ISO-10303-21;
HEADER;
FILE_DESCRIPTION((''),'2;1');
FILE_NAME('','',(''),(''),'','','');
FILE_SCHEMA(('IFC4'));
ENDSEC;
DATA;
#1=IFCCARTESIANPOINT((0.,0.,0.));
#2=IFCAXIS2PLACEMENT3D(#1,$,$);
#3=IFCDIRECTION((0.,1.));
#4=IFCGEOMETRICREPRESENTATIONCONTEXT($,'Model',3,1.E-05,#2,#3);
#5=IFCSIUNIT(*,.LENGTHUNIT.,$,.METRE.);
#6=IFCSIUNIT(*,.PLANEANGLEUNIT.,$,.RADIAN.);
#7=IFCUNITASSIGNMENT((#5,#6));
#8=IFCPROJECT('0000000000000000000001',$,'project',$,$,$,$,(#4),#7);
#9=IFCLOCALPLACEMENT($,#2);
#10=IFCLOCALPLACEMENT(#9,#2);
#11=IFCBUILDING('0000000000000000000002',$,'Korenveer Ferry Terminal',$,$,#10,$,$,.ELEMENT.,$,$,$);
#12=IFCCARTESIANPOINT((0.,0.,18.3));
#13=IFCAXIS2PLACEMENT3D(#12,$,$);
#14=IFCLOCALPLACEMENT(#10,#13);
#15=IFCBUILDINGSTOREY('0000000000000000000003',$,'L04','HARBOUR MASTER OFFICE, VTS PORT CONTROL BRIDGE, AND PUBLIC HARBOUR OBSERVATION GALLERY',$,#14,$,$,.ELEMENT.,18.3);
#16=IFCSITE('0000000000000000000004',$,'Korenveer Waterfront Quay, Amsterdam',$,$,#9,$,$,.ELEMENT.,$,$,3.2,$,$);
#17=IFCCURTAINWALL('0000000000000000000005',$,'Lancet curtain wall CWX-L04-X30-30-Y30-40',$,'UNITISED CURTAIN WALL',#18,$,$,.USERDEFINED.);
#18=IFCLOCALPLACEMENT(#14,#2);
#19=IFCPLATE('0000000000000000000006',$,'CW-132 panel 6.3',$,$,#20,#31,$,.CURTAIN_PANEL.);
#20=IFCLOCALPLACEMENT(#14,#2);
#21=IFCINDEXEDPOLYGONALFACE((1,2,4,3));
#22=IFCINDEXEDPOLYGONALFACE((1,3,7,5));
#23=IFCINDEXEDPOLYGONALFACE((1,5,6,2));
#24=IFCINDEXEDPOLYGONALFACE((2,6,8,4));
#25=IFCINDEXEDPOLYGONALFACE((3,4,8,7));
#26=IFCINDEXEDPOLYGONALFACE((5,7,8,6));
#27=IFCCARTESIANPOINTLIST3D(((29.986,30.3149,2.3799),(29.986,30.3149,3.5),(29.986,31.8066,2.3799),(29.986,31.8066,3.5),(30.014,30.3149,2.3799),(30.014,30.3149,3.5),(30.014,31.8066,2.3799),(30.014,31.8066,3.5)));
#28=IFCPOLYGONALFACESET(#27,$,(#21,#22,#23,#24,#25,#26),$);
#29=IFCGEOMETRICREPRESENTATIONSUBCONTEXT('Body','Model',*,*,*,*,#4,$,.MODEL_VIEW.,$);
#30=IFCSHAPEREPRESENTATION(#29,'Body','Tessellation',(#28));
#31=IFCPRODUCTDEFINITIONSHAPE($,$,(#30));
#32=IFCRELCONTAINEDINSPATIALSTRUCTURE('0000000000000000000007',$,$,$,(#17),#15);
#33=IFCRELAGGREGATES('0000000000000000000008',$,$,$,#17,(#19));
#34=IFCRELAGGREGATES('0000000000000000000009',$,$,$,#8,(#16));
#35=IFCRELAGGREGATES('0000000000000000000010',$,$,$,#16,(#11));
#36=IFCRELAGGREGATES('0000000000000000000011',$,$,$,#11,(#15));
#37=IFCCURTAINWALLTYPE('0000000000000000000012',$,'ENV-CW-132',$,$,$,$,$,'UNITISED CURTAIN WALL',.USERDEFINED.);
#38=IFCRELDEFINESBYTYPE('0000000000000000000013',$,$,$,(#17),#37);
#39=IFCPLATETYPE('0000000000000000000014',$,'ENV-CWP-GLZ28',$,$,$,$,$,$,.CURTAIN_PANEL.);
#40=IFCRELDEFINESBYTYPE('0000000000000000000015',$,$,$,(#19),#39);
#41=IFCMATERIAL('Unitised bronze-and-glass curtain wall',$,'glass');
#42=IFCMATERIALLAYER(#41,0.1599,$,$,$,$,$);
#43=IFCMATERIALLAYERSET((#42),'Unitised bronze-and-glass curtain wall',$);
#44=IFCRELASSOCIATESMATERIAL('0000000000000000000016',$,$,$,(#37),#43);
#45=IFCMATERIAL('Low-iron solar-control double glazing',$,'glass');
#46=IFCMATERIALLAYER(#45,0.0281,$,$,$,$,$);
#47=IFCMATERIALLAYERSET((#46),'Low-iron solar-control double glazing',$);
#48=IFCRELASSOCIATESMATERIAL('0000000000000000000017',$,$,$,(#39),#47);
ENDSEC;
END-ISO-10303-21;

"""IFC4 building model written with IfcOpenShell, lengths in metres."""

from ifc_helpers import new_model, si_unit, direction, frame, origin, origin_2d, place, context, subcontext, project, spatial, rectangle, extrude, material, layer, layer_set, type_object, element, aggregate, save


model = new_model("IFC4")

# Units and contexts
model_context = context("Model", 3, precision=1e-05, world=origin(), true_north=direction((0.0, 1.0)))
body_context = subcontext(model_context, "Body", "Model", "MODEL_VIEW")
ifc_project = project(units=[si_unit("LENGTHUNIT", "METRE"), si_unit("PLANEANGLEUNIT", "RADIAN")], contexts=[model_context])

# Site, building, storey
site_placement = place(None, origin())
site = spatial("IfcSite", under=ifc_project, at=site_placement, Name="Korenveer Waterfront Quay, Amsterdam", CompositionType="ELEMENT", RefElevation=3.2)
building_placement = place(site_placement, origin())
building = spatial("IfcBuilding", under=site, at=building_placement, Name="Korenveer Ferry Terminal", CompositionType="ELEMENT")
storey_placement = place(building_placement, frame((0.0, 0.0, 18.3)))
storey = spatial("IfcBuildingStorey", under=building, at=storey_placement, Name="L04", Description="HARBOUR MASTER OFFICE, VTS PORT CONTROL BRIDGE, AND PUBLIC HARBOUR OBSERVATION GALLERY", CompositionType="ELEMENT", Elevation=18.3)

# Curtain wall
ifc_material_1 = material(Name="Unitised bronze-and-glass curtain wall", Category="glass")
ifc_layer_1 = layer(ifc_material_1, 0.1599)
ifc_layer_set_1 = layer_set([ifc_layer_1], Name="Unitised bronze-and-glass curtain wall")
curtain_wall_type_1 = type_object("IfcCurtainWallType", Name="ENV-CW-132", ElementType="UNITISED CURTAIN WALL", PredefinedType="USERDEFINED", material=ifc_layer_set_1)
curtain_wall_1_placement = place(storey_placement, frame((30.0, 39.7451, 0.0)))
curtain_wall_1 = element("IfcCurtainWall", 1, at=curtain_wall_1_placement, inside=storey, type_object=curtain_wall_type_1, Name="Lancet curtain wall CWX-L04-X30-30-Y30-40", ObjectType="UNITISED CURTAIN WALL", PredefinedType="USERDEFINED")

# Plate
ifc_material_2 = material(Name="Low-iron solar-control double glazing", Category="glass")
ifc_layer_2 = layer(ifc_material_2, 0.0281)
ifc_layer_set_2 = layer_set([ifc_layer_2], Name="Low-iron solar-control double glazing")
plate_type = type_object("IfcPlateType", Name="ENV-CWP-GLZ28", PredefinedType="CURTAIN_PANEL", material=ifc_layer_set_2)
plate_1_placement = place(storey_placement, frame((30.0, 31.0608, 2.3799), z_axis=(0.0, 0.0, 1.0), x_axis=(0.0, -1.0, 0.0)))
plate_1 = element("IfcPlate", 2, at=plate_1_placement, type_object=plate_type, Name="CW-132 panel 6.3", PredefinedType="CURTAIN_PANEL", context=body_context, shape_type="SweptSolid", body=[
    extrude(rectangle(XDim=1.4917, YDim=0.0281, at=origin_2d()), origin(), (0.0, 0.0, 1.0), 1.1201),
])
aggregate(curtain_wall_1, [plate_1])

save(model, "model.ifc")
